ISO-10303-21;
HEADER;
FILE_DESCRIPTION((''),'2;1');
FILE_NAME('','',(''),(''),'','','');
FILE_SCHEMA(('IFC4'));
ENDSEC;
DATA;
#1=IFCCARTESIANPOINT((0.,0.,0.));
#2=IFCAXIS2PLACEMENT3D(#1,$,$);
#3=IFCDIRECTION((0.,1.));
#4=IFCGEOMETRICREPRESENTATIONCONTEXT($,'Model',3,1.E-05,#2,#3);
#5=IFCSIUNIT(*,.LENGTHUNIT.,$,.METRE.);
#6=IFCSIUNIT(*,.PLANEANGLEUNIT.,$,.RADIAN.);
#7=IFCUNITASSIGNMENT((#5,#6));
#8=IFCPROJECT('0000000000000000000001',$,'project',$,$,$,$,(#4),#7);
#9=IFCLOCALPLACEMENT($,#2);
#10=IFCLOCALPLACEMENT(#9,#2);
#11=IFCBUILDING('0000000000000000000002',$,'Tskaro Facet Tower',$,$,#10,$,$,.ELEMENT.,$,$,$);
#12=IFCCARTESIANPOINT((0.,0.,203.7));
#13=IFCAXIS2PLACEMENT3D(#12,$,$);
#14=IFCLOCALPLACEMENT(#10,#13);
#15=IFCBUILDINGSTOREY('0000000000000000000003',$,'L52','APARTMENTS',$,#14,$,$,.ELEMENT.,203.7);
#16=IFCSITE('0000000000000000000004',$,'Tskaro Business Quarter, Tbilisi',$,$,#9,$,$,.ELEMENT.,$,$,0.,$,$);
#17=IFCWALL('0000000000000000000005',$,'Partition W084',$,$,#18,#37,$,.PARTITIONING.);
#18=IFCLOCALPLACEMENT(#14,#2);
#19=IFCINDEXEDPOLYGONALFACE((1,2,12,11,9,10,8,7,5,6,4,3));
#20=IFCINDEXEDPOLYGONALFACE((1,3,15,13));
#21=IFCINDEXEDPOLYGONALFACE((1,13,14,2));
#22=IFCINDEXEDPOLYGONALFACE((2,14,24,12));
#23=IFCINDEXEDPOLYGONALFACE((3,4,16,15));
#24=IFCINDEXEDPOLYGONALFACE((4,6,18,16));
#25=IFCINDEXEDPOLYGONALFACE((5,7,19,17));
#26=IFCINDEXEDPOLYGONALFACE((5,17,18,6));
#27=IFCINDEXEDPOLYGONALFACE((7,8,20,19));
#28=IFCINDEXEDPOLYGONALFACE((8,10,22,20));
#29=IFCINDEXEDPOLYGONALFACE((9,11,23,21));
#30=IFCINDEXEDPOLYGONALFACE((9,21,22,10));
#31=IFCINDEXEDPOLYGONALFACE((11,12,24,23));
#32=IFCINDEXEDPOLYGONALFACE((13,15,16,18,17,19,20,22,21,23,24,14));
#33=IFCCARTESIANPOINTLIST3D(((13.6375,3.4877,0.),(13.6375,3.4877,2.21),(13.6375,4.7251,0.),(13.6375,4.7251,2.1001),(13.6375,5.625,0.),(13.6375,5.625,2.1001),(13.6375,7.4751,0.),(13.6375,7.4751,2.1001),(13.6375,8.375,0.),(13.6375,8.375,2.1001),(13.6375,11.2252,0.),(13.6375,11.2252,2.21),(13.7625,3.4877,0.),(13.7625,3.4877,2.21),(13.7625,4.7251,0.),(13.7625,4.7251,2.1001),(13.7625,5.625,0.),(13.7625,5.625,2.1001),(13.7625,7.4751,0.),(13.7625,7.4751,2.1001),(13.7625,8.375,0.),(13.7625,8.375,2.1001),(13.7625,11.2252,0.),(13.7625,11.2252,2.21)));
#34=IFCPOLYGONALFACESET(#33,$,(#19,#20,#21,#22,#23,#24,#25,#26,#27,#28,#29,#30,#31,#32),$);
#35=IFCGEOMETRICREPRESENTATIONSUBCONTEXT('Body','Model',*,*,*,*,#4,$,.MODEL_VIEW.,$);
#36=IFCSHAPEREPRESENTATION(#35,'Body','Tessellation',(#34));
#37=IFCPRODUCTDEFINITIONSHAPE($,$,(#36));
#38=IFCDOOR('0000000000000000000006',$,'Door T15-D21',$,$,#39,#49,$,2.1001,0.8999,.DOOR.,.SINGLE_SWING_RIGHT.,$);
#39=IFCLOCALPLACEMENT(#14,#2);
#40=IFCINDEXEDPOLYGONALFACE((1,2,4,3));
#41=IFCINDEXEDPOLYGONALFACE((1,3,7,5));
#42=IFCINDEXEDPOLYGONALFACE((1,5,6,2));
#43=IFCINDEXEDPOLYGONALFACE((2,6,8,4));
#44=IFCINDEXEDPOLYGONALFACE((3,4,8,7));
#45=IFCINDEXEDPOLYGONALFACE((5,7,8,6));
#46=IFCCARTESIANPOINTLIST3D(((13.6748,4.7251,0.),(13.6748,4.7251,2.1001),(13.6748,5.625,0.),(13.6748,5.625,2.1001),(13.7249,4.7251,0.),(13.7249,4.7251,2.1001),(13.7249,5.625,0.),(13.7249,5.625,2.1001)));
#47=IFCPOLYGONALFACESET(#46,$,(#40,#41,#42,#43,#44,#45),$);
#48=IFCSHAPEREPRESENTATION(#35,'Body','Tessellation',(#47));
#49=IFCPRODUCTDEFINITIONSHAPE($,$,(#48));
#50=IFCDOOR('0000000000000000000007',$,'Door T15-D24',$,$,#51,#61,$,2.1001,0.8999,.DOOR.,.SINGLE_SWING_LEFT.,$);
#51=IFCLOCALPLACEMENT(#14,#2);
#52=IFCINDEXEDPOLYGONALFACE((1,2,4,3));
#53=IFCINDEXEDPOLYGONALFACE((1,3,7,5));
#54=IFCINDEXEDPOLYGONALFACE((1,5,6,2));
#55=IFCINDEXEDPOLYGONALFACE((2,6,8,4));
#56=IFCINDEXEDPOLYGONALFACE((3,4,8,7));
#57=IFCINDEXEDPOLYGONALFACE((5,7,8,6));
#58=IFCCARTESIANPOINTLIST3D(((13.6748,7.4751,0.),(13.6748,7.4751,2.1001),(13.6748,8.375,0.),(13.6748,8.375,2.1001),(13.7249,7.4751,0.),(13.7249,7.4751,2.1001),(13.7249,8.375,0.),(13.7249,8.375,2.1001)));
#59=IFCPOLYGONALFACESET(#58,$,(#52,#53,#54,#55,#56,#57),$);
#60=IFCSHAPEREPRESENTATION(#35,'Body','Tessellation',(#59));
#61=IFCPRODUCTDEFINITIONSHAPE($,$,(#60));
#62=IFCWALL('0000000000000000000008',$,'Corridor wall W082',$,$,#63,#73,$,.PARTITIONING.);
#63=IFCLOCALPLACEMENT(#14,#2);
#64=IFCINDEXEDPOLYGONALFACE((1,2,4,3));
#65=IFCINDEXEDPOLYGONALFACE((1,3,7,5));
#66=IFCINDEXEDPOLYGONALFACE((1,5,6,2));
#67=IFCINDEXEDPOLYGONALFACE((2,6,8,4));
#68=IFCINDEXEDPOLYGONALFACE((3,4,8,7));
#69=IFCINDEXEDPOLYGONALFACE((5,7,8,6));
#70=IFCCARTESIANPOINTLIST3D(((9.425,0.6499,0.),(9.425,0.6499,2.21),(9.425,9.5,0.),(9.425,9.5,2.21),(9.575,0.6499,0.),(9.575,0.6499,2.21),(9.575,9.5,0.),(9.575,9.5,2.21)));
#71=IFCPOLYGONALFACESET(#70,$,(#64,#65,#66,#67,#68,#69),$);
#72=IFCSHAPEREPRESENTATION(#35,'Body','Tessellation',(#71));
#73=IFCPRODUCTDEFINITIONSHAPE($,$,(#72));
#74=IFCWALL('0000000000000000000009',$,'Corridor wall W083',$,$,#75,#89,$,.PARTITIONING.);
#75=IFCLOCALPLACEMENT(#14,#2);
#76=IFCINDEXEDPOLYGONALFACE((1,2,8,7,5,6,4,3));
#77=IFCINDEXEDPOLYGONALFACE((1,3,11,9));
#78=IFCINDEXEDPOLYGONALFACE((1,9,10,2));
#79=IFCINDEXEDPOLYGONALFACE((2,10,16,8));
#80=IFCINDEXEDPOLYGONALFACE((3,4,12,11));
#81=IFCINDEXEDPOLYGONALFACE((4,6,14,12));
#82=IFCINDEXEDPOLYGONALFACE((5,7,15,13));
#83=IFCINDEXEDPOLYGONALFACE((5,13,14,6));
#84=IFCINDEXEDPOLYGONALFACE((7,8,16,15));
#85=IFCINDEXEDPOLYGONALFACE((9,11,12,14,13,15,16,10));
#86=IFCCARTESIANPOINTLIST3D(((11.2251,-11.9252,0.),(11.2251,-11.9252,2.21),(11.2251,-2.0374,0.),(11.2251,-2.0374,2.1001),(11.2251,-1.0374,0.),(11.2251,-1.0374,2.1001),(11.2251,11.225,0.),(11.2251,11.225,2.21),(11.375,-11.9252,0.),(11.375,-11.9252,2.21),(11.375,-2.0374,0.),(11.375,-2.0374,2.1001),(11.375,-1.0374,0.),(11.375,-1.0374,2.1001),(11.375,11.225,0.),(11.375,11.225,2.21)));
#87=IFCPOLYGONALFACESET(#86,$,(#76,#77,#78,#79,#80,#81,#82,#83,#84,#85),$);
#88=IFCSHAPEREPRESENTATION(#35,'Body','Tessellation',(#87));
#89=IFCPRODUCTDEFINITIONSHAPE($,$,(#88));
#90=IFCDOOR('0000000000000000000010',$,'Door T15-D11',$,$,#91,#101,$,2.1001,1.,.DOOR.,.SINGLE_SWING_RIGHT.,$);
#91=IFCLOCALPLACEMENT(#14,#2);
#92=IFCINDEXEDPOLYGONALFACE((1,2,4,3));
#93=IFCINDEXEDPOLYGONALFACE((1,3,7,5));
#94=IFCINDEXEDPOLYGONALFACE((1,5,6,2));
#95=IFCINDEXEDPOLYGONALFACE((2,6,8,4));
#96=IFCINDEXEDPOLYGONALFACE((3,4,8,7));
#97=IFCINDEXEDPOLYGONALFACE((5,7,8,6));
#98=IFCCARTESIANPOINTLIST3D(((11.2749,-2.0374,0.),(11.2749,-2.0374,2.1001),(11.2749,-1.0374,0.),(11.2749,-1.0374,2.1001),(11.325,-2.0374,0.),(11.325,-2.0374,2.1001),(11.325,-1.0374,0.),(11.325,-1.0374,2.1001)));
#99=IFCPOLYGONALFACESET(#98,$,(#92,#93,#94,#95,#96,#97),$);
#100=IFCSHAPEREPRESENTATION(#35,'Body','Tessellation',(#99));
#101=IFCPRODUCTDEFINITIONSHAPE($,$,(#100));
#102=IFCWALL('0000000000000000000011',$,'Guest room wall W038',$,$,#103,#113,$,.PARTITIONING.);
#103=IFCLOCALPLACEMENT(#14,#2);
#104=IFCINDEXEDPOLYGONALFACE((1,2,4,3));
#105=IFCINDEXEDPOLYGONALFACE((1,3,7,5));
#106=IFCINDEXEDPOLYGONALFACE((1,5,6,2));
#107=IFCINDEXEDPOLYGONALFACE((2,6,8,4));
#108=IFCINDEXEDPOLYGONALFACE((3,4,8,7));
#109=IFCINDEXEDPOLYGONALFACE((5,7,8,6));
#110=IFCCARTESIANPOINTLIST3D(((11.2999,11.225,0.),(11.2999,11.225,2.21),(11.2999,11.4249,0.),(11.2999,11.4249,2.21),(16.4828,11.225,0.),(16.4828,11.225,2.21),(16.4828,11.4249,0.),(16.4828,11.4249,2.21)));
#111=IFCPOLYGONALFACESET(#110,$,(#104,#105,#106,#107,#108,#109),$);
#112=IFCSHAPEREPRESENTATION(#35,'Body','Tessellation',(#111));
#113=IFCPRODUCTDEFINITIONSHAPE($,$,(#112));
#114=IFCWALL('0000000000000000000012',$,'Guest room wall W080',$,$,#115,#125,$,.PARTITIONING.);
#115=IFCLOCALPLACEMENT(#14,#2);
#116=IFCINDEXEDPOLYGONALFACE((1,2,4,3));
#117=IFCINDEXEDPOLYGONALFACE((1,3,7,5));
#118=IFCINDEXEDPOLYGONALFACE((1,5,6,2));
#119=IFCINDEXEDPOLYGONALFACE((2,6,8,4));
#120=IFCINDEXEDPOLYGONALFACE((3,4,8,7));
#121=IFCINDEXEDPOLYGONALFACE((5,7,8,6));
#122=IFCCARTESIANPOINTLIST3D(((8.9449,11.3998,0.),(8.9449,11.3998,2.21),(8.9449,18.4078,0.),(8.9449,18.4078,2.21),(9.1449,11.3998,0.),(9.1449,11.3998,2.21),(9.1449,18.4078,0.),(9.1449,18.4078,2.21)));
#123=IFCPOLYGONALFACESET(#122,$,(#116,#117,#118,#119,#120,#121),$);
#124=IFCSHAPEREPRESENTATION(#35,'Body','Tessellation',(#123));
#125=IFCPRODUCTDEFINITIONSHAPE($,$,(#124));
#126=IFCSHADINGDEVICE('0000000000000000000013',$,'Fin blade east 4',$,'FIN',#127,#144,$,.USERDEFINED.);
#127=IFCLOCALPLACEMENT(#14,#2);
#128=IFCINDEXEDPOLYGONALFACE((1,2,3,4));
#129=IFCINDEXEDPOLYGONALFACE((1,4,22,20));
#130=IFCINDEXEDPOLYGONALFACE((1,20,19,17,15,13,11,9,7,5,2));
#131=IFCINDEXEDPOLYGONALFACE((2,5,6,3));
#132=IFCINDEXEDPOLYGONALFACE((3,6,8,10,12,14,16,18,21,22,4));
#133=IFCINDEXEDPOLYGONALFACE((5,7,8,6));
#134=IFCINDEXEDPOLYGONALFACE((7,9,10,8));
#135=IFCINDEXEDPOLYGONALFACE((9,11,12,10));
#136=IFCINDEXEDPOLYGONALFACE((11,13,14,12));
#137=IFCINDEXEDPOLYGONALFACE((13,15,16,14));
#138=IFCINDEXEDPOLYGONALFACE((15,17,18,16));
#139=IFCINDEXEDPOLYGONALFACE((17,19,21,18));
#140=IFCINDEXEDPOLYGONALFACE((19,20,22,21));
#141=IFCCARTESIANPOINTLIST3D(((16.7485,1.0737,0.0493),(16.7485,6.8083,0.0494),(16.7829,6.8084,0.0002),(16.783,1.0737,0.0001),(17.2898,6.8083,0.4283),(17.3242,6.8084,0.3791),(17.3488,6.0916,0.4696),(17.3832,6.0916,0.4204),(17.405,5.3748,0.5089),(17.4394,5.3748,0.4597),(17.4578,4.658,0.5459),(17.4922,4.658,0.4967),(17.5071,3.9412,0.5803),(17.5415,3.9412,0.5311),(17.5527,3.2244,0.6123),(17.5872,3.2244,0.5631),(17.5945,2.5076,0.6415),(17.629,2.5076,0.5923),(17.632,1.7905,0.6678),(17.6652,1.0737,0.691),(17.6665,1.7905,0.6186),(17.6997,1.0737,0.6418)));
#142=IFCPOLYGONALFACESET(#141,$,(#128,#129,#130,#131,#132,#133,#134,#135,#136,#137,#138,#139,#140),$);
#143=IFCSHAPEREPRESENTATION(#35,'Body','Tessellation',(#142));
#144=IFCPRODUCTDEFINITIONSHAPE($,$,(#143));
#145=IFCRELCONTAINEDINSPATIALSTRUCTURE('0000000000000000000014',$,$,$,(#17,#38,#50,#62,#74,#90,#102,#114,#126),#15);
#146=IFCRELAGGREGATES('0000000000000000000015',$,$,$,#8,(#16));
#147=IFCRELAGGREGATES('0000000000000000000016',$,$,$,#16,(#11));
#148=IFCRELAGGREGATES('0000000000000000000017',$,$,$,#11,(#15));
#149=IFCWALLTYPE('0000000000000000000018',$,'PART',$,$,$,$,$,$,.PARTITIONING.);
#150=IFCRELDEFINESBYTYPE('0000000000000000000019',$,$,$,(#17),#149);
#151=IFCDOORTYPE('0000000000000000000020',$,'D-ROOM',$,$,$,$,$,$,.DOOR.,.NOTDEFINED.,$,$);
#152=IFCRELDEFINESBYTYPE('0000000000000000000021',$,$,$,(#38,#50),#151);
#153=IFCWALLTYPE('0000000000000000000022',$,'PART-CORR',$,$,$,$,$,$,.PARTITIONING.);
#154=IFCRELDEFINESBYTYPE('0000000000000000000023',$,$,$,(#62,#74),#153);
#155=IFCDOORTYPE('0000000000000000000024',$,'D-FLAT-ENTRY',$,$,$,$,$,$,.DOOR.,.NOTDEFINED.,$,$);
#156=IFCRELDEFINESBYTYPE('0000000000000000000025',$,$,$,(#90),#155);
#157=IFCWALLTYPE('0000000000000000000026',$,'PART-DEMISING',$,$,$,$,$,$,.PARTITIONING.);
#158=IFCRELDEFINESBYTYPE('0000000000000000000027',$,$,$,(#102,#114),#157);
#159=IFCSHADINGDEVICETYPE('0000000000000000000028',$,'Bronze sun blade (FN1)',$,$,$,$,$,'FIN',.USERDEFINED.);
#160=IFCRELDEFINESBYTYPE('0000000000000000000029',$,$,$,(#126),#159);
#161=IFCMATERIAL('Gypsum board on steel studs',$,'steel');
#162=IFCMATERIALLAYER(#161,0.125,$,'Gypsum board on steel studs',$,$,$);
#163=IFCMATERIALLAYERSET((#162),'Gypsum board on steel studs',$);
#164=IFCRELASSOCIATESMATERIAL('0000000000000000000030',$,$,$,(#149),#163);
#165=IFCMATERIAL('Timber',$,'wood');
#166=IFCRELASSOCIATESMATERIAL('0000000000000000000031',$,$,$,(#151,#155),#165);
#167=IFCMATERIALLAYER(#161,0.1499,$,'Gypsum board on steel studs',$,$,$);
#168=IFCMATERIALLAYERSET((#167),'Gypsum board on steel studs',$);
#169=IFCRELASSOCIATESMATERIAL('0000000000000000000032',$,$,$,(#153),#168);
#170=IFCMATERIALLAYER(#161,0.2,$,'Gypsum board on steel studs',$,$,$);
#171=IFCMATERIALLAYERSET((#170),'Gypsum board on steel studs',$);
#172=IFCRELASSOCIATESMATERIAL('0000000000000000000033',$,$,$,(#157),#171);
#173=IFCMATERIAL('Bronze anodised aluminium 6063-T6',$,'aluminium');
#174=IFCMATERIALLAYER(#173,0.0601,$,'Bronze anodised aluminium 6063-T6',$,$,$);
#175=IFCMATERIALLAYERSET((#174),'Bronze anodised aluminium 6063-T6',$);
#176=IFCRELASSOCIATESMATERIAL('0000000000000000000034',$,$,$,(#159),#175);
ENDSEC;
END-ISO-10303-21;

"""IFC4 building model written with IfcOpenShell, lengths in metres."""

from ifc_helpers import new_model, si_unit, direction, frame, frame_2d, origin, place, context, subcontext, project, spatial, polyline, rectangle, outline, extrude, material, layer, layer_set, type_object, element, fill, save


model = new_model("IFC4")

# Units and contexts
model_context = context("Model", 3, precision=1e-05, world=origin(), true_north=direction((0.0, 1.0)))
body_context = subcontext(model_context, "Body", "Model", "MODEL_VIEW")
ifc_project = project(units=[si_unit("LENGTHUNIT", "METRE"), si_unit("PLANEANGLEUNIT", "RADIAN")], contexts=[model_context])

# Site, building, storey
site_placement = place(None, origin())
site = spatial("IfcSite", under=ifc_project, at=site_placement, Name="Tskaro Business Quarter, Tbilisi", CompositionType="ELEMENT", RefElevation=0.0)
building_placement = place(site_placement, origin())
building = spatial("IfcBuilding", under=site, at=building_placement, Name="Tskaro Facet Tower", CompositionType="ELEMENT")
storey_placement = place(building_placement, frame((0.0, 0.0, 203.7)))
storey = spatial("IfcBuildingStorey", under=building, at=storey_placement, Name="L52", Description="APARTMENTS", CompositionType="ELEMENT", Elevation=203.7)

# Shared definitions
ifc_material_1 = material(Name="Bronze anodised aluminium 6063-T6", Category="aluminium")

# Shared definitions
ifc_material_2 = material(Name="Gypsum board on steel studs", Category="steel")
ifc_layer_1 = layer(ifc_material_2, 0.125, Name="Gypsum board on steel studs")
ifc_layer_set_1 = layer_set([ifc_layer_1], Name="Gypsum board on steel studs")
wall_type_1 = type_object("IfcWallType", Name="PART", PredefinedType="PARTITIONING", material=ifc_layer_set_1)

# Shared definitions
ifc_material_3 = material(Name="Timber", Category="wood")
door_type_1 = type_object("IfcDoorType", Name="D-ROOM", OperationType="NOTDEFINED", PredefinedType="DOOR", material=ifc_material_3)

# Wall, openings, doors
wall_1_placement = place(storey_placement, frame((13.7, 11.2251, 0.0), z_axis=(0.0, 0.0, 1.0), x_axis=(0.0, -1.0, 0.0)))
wall_1 = element("IfcWall", 1, at=wall_1_placement, inside=storey, type_object=wall_type_1, Name="Partition W084", PredefinedType="PARTITIONING", context=body_context, shape_type="SweptSolid", body=[
    extrude(rectangle(XDim=7.7375, YDim=0.125, at=frame_2d((3.8687, 0.0))), origin(), (0.0, 0.0, 1.0), 2.21),
])
opening_1_placement = place(wall_1_placement, frame((5.6001, 0.0, 0.0)))
opening_1 = element("IfcOpeningElement", 2, at=opening_1_placement, cuts=wall_1, PredefinedType="OPENING", context=body_context, shape_type="SweptSolid", body=[
    extrude(rectangle(XDim=0.8999, YDim=2.1001, at=frame_2d((0.45, 1.05))), frame((0.0, 0.0725, 0.0), z_axis=(0.0, -1.0, 0.0), x_axis=(1.0, 0.0, 0.0)), (0.0, 0.0, 1.0), 0.145),
])
opening_2_placement = place(wall_1_placement, frame((2.8501, 0.0, 0.0)))
opening_2 = element("IfcOpeningElement", 3, at=opening_2_placement, cuts=wall_1, PredefinedType="OPENING", context=body_context, shape_type="SweptSolid", body=[
    extrude(rectangle(XDim=0.8999, YDim=2.1001, at=frame_2d((0.45, 1.05))), frame((0.0, 0.0725, 0.0), z_axis=(0.0, -1.0, 0.0), x_axis=(1.0, 0.0, 0.0)), (0.0, 0.0, 1.0), 0.145),
])
door_1_placement = place(opening_1_placement, origin())
door_1 = element("IfcDoor", 4, at=door_1_placement, inside=storey, type_object=door_type_1, Name="Door T15-D21", OperationType="SINGLE_SWING_RIGHT", OverallHeight=2.1001, OverallWidth=0.8999, PredefinedType="DOOR", context=body_context, shape_type="SweptSolid", body=[
    extrude(rectangle(XDim=0.8999, YDim=2.1001, at=frame_2d((0.45, 1.05))), frame((0.0, 0.0249, 0.0), z_axis=(0.0, -1.0, 0.0), x_axis=(1.0, 0.0, 0.0)), (0.0, 0.0, 1.0), 0.05),
])
fill(opening_1, door_1)
door_2_placement = place(opening_2_placement, origin())
door_2 = element("IfcDoor", 5, at=door_2_placement, inside=storey, type_object=door_type_1, Name="Door T15-D24", OperationType="SINGLE_SWING_LEFT", OverallHeight=2.1001, OverallWidth=0.8999, PredefinedType="DOOR", context=body_context, shape_type="SweptSolid", body=[
    extrude(rectangle(XDim=0.8999, YDim=2.1001, at=frame_2d((0.45, 1.05))), frame((0.0, 0.0249, 0.0), z_axis=(0.0, -1.0, 0.0), x_axis=(1.0, 0.0, 0.0)), (0.0, 0.0, 1.0), 0.05),
])
fill(opening_2, door_2)

# Wall
ifc_layer_2 = layer(ifc_material_2, 0.1499, Name="Gypsum board on steel studs")
ifc_layer_set_2 = layer_set([ifc_layer_2], Name="Gypsum board on steel studs")
wall_type_2 = type_object("IfcWallType", Name="PART-CORR", PredefinedType="PARTITIONING", material=ifc_layer_set_2)
wall_2_placement = place(storey_placement, frame((9.5, 0.6499, 0.0), z_axis=(0.0, 0.0, 1.0), x_axis=(0.0, 1.0, 0.0)))
element("IfcWall", 6, at=wall_2_placement, inside=storey, type_object=wall_type_2, Name="Corridor wall W082", PredefinedType="PARTITIONING", context=body_context, shape_type="SweptSolid", body=[
    extrude(rectangle(XDim=8.8501, YDim=0.1499, at=frame_2d((4.425, 0.0))), origin(), (0.0, 0.0, 1.0), 2.21),
])

# Wall, opening, door
wall_3_placement = place(storey_placement, frame((11.3, 11.2251, 0.0), z_axis=(0.0, 0.0, 1.0), x_axis=(0.0, -1.0, 0.0)))
wall_3 = element("IfcWall", 7, at=wall_3_placement, inside=storey, type_object=wall_type_2, Name="Corridor wall W083", PredefinedType="PARTITIONING", context=body_context, shape_type="SweptSolid", body=[
    extrude(rectangle(XDim=23.1501, YDim=0.1499, at=frame_2d((11.5752, 0.0))), origin(), (0.0, 0.0, 1.0), 2.21),
])
opening_3_placement = place(wall_3_placement, frame((12.2625, 0.0, 0.0)))
opening_3 = element("IfcOpeningElement", 8, at=opening_3_placement, cuts=wall_3, PredefinedType="OPENING", context=body_context, shape_type="SweptSolid", body=[
    extrude(rectangle(XDim=1.0, YDim=2.1001, at=frame_2d((0.5, 1.05))), frame((0.0, 0.085, 0.0), z_axis=(0.0, -1.0, 0.0), x_axis=(1.0, 0.0, 0.0)), (0.0, 0.0, 1.0), 0.1699),
])
door_type_2 = type_object("IfcDoorType", Name="D-FLAT-ENTRY", OperationType="NOTDEFINED", PredefinedType="DOOR", material=ifc_material_3)
door_3_placement = place(opening_3_placement, origin())
door_3 = element("IfcDoor", 9, at=door_3_placement, inside=storey, type_object=door_type_2, Name="Door T15-D11", OperationType="SINGLE_SWING_RIGHT", OverallHeight=2.1001, OverallWidth=1.0, PredefinedType="DOOR", context=body_context, shape_type="SweptSolid", body=[
    extrude(rectangle(XDim=1.0, YDim=2.1001, at=frame_2d((0.5, 1.05))), frame((0.0, 0.0249, 0.0), z_axis=(0.0, -1.0, 0.0), x_axis=(1.0, 0.0, 0.0)), (0.0, 0.0, 1.0), 0.05),
])
fill(opening_3, door_3)

# Walls
ifc_layer_3 = layer(ifc_material_2, 0.2, Name="Gypsum board on steel studs")
ifc_layer_set_3 = layer_set([ifc_layer_3], Name="Gypsum board on steel studs")
wall_type_3 = type_object("IfcWallType", Name="PART-DEMISING", PredefinedType="PARTITIONING", material=ifc_layer_set_3)
wall_4_placement = place(storey_placement, frame((11.3, 11.325, 0.0), z_axis=(0.0, 0.0, 1.0), x_axis=(1.0, 0.0, 0.0)))
element("IfcWall", 10, at=wall_4_placement, inside=storey, type_object=wall_type_3, Name="Guest room wall W038", PredefinedType="PARTITIONING", context=body_context, shape_type="SweptSolid", body=[
    extrude(rectangle(XDim=5.1829, YDim=0.2, at=frame_2d((2.5913, 0.0))), origin(), (0.0, 0.0, 1.0), 2.21),
])
wall_5_placement = place(storey_placement, frame((9.0449, 11.3999, 0.0), z_axis=(0.0, 0.0, 1.0), x_axis=(0.0, 1.0, 0.0)))
element("IfcWall", 11, at=wall_5_placement, inside=storey, type_object=wall_type_3, Name="Guest room wall W080", PredefinedType="PARTITIONING", context=body_context, shape_type="SweptSolid", body=[
    extrude(rectangle(XDim=7.0081, YDim=0.2, at=frame_2d((3.5039, 0.0))), origin(), (0.0, 0.0, 1.0), 2.21),
])

# Shading device
ifc_layer_4 = layer(ifc_material_1, 0.0601, Name="Bronze anodised aluminium 6063-T6")
ifc_layer_set_4 = layer_set([ifc_layer_4], Name="Bronze anodised aluminium 6063-T6")
shading_device_type = type_object("IfcShadingDeviceType", Name="Bronze sun blade (FN1)", ElementType="FIN", PredefinedType="USERDEFINED", material=ifc_layer_set_4)
shading_device_1_placement = place(storey_placement, frame((16.7485, 1.0737, 0.0493), z_axis=(-0.573467, -0.000012, 0.819229), x_axis=(-0.000007, 1.0, 0.00001)))
element("IfcShadingDevice", 12, at=shading_device_1_placement, inside=storey, type_object=shading_device_type, Name="Fin blade east 4", ObjectType="FIN", PredefinedType="USERDEFINED", context=body_context, shape_type="SweptSolid", body=[
    extrude(outline(polyline([(0.0, 0.0), (5.7346, 0.0), (5.7346, -0.6607), (5.0178, -0.7328), (4.301, -0.8013), (3.5842, -0.8658), (2.8674, -0.9259), (2.1506, -0.9817), (1.4338, -1.0327), (0.7168, -1.0785), (0.0, -1.119), (0.0, 0.0)])), origin(), (0.0, 0.0, -1.0), 0.0601),
])

save(model, "model.ifc")
